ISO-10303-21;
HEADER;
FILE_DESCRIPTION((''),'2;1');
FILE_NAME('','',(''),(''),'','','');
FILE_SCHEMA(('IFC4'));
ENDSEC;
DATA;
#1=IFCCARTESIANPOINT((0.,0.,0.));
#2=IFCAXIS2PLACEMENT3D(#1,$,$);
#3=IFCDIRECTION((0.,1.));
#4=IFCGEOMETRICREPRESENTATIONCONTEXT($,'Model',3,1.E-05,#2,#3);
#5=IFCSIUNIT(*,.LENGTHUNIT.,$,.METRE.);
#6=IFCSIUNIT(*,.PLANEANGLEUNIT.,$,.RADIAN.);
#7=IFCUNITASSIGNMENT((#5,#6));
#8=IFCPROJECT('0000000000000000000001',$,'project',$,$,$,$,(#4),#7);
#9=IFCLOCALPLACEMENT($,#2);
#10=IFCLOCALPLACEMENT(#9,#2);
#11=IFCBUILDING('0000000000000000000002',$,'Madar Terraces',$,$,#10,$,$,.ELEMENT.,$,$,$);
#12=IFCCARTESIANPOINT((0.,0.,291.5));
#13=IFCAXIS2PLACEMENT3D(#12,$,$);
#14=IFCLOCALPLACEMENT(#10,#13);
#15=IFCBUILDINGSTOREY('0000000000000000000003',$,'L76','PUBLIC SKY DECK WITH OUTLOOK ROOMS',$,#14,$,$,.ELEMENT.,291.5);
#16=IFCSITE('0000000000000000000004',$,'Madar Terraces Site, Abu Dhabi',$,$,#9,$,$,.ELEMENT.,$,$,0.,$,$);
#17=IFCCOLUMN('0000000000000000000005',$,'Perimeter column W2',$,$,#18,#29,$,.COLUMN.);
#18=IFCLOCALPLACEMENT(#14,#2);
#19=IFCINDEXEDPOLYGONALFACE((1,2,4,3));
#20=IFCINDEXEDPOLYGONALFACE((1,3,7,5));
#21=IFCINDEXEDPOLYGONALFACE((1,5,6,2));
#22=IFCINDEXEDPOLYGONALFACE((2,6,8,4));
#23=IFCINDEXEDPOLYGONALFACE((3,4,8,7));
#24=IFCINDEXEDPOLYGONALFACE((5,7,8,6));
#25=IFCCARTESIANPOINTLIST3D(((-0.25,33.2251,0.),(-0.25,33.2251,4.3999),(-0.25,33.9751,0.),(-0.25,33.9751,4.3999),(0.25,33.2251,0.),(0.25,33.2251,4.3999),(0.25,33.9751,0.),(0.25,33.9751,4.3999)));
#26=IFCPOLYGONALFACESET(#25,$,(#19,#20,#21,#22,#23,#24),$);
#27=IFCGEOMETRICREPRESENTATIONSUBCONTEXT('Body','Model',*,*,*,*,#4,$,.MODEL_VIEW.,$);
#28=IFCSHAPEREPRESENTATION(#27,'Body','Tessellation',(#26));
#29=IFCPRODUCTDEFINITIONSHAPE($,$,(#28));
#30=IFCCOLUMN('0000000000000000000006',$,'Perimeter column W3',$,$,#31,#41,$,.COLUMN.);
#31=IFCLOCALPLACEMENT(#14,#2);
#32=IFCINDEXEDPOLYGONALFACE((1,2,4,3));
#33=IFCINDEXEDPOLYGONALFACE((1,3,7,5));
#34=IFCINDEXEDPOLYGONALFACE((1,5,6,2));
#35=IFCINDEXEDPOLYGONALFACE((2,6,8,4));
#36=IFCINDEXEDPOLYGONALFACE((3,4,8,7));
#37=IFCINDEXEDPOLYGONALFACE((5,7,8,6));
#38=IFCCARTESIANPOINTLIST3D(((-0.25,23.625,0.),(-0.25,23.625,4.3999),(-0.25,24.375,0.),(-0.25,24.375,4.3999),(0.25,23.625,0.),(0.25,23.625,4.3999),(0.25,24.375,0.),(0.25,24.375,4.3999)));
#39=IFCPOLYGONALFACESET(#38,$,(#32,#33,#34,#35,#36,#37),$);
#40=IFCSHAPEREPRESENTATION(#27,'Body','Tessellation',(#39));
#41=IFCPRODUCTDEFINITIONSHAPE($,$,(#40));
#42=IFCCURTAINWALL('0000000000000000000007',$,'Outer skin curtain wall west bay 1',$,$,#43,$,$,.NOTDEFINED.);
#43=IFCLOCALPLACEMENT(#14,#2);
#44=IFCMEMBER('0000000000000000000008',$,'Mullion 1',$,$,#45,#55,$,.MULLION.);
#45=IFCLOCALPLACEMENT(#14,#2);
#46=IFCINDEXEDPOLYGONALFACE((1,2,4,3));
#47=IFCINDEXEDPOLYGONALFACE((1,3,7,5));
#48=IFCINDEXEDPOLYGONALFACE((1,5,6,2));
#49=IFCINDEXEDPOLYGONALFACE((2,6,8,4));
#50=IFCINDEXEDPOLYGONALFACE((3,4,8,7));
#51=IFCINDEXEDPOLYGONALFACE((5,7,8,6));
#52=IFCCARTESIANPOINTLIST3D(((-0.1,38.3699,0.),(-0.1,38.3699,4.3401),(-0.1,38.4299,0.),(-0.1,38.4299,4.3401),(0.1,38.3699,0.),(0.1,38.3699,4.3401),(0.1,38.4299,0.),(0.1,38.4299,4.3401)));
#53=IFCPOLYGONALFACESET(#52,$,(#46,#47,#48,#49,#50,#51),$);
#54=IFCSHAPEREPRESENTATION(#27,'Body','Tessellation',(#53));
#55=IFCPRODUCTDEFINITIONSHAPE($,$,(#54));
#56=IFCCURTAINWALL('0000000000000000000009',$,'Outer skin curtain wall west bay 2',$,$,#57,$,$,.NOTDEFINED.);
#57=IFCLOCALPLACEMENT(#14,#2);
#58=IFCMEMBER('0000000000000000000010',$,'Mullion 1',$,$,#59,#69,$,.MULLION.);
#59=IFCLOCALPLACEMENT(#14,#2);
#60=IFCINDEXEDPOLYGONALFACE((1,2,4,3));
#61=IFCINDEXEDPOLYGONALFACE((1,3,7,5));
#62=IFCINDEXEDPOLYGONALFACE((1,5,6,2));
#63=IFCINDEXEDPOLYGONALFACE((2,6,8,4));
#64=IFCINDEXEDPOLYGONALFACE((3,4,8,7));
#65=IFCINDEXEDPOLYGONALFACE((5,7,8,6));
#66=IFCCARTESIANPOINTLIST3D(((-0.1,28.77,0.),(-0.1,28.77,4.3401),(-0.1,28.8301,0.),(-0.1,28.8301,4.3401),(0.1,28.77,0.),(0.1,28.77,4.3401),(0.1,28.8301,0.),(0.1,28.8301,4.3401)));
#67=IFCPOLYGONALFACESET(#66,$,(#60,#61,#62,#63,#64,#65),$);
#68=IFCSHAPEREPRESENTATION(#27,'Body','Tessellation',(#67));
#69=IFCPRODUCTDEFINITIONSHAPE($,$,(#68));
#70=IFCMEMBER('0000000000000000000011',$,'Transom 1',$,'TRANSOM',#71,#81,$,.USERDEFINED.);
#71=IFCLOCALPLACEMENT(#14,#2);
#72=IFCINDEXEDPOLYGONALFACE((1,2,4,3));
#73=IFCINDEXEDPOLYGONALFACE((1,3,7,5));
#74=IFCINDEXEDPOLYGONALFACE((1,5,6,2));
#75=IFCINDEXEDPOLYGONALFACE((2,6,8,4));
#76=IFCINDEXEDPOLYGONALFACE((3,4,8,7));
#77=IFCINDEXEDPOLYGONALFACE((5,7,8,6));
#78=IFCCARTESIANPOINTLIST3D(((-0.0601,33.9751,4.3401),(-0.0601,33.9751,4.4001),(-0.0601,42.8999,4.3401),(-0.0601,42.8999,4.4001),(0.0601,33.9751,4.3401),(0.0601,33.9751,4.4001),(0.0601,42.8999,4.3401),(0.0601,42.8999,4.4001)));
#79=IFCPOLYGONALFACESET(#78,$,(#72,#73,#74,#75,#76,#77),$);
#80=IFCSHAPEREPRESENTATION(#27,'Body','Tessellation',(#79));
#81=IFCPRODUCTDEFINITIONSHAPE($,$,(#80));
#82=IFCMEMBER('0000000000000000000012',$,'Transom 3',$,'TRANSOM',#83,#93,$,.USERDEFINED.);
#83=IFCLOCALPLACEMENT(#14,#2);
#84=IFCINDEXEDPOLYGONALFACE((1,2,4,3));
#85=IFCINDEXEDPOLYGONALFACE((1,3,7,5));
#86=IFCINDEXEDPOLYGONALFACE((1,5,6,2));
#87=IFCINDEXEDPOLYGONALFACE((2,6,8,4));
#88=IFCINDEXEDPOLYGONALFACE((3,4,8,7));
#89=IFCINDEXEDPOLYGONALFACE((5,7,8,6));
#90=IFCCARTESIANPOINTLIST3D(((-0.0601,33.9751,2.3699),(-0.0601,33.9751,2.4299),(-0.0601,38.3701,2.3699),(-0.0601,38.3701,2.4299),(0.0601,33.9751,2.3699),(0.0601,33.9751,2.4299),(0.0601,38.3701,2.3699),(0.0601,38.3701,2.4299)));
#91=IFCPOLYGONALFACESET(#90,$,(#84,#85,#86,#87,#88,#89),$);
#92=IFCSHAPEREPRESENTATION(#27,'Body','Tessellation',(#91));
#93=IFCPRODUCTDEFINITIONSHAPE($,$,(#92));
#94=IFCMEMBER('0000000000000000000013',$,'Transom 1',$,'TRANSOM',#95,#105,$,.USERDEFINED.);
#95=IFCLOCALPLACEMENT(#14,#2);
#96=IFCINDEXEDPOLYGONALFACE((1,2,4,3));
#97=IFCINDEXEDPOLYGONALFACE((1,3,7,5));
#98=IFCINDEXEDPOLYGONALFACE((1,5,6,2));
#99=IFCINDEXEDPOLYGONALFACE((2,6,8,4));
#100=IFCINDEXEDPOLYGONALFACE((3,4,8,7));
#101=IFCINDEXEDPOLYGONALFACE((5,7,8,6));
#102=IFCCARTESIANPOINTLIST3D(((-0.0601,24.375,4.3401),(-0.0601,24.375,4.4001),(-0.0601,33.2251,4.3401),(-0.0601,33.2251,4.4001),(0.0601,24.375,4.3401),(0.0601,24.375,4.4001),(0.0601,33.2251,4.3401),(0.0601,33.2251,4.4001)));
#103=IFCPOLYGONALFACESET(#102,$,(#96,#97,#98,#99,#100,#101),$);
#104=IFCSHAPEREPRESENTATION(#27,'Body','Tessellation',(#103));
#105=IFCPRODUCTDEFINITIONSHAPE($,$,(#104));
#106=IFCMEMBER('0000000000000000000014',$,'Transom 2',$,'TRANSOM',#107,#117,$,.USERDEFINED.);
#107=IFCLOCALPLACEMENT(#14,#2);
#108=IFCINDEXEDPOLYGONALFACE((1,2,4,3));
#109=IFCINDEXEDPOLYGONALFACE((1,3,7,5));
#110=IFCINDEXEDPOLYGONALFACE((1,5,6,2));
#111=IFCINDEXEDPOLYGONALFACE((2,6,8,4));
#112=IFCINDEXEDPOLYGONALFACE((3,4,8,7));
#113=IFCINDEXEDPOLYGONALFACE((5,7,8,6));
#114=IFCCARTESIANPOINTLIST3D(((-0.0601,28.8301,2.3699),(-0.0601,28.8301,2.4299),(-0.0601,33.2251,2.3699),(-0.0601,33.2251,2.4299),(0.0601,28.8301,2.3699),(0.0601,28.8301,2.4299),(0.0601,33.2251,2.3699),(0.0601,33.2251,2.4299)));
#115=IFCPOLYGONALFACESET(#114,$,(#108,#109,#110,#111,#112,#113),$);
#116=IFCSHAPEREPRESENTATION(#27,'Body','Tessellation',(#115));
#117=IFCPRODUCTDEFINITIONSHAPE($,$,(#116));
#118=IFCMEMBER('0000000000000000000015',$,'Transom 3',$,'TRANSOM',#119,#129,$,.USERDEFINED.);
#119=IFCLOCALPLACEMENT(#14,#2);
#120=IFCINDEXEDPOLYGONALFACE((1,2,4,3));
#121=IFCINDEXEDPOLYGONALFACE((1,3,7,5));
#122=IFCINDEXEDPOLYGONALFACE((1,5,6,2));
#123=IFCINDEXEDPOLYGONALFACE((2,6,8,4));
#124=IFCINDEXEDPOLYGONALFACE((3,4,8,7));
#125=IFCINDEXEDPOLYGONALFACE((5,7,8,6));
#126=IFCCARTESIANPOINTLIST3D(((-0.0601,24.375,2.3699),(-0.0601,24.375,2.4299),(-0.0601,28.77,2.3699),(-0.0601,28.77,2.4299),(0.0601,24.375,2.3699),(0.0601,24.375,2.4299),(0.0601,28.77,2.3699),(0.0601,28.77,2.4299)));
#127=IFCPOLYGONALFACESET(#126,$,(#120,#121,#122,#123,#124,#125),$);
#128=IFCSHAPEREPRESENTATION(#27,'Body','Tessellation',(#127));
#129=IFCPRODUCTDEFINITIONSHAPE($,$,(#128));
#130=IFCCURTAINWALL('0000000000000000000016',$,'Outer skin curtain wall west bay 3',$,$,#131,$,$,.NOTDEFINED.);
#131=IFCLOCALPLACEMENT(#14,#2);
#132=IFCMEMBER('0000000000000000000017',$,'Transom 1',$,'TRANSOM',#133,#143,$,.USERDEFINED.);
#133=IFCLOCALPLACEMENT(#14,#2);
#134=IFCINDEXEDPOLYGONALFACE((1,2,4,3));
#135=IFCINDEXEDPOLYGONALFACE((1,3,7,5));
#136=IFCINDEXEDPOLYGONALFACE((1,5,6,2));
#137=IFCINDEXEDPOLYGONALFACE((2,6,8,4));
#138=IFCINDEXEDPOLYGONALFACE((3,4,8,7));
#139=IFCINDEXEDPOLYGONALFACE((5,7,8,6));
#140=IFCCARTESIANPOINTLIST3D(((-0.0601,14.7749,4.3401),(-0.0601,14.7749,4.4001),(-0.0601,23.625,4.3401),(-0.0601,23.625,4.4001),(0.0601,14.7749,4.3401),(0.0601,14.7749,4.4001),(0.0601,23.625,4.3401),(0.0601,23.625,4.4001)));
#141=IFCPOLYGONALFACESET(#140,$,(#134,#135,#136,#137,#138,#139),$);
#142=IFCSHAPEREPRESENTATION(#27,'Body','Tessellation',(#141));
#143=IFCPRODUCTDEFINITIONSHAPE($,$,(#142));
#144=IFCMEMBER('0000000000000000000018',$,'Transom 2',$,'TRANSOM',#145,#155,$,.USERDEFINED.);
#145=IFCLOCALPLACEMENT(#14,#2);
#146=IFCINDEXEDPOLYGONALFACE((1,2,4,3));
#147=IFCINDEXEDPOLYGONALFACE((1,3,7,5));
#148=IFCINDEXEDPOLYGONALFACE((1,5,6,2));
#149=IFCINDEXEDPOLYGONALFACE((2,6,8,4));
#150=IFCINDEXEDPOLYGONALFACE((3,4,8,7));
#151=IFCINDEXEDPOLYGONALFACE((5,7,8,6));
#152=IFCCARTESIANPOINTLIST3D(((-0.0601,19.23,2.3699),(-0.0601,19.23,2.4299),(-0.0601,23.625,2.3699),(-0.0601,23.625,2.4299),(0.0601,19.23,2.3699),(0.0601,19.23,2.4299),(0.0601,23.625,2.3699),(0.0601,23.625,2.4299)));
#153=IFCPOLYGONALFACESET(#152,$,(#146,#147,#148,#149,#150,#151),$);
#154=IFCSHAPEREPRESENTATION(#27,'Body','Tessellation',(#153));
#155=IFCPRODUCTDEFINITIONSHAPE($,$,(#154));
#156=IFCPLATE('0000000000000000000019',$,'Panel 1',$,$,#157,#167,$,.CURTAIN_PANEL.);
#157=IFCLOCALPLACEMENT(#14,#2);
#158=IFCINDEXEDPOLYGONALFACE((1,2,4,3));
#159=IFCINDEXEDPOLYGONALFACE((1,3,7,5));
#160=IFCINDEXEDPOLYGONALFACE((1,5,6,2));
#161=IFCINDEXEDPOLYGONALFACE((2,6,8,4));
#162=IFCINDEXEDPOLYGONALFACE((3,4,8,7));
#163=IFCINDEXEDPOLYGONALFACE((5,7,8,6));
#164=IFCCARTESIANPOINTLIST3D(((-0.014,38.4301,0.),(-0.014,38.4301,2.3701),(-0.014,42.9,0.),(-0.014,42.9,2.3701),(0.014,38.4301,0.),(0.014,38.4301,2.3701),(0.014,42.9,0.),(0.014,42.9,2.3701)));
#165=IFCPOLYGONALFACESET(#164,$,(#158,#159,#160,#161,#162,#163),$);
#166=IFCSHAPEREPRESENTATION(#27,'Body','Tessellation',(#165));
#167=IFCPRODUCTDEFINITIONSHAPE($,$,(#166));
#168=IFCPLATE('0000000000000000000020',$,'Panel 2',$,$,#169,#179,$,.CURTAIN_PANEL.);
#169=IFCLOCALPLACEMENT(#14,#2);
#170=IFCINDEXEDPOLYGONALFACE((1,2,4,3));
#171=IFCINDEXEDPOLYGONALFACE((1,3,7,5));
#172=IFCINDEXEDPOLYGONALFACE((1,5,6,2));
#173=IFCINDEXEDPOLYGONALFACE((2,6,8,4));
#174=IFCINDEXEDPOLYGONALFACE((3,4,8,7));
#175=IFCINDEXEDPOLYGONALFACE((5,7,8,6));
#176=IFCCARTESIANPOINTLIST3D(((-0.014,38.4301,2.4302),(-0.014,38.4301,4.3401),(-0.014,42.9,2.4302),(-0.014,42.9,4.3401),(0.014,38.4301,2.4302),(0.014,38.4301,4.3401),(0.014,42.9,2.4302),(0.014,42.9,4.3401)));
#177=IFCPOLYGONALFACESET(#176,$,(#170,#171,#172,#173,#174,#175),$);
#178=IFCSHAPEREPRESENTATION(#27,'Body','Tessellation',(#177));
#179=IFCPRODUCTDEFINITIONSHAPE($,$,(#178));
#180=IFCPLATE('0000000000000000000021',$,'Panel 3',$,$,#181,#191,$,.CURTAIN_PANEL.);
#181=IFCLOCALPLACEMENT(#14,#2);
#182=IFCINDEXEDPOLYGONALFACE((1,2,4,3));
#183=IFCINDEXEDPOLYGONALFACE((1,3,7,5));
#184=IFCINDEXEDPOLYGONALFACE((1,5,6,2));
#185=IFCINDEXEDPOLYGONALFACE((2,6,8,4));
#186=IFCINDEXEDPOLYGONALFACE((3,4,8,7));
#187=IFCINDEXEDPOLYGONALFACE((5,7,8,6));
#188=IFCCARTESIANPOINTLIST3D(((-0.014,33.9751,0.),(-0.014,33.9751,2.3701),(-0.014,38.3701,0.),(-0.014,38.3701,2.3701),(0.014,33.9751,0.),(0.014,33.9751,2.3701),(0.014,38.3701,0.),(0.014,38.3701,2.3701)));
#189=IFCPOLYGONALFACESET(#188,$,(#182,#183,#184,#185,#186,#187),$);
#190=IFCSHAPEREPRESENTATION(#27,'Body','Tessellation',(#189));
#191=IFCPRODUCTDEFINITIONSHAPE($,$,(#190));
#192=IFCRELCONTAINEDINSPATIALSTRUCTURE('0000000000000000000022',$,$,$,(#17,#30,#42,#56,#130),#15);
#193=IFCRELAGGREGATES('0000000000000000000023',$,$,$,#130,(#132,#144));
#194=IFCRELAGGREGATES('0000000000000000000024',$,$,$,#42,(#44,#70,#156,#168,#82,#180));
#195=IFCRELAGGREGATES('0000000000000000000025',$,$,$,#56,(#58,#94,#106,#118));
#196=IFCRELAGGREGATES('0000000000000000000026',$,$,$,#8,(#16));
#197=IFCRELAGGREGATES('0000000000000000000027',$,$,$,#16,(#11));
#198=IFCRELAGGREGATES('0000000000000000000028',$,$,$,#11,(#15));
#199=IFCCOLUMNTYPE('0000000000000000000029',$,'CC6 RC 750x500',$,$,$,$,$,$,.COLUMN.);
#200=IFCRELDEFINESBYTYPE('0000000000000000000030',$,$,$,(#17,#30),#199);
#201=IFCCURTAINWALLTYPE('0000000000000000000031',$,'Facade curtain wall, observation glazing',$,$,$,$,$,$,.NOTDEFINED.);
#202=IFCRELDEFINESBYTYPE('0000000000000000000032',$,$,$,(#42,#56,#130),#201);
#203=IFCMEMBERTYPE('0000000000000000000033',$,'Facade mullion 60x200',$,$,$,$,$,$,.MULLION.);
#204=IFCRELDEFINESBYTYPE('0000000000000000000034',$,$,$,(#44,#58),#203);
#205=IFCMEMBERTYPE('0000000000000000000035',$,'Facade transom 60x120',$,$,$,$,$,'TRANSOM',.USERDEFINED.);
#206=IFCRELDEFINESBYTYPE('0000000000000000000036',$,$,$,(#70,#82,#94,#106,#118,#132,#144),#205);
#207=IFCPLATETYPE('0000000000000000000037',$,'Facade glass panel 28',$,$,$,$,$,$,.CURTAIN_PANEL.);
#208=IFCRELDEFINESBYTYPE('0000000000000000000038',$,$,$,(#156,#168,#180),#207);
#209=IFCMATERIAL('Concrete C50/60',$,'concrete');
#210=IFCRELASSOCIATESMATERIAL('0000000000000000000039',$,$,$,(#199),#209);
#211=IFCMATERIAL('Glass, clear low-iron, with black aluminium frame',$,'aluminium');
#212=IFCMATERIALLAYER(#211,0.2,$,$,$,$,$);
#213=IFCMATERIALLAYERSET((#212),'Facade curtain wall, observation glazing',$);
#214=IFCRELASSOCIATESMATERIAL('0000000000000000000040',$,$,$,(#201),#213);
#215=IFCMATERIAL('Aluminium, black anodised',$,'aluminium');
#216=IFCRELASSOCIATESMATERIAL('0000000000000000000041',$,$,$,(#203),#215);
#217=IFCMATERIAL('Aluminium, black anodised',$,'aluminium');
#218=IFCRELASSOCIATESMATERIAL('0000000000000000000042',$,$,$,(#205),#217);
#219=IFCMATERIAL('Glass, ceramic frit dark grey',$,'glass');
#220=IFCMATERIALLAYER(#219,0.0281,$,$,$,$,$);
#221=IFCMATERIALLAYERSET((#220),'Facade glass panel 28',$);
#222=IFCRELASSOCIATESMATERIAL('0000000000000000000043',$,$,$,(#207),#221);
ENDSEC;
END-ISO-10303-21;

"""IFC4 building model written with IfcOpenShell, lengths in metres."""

from ifc_helpers import new_model, si_unit, direction, frame, origin, origin_2d, place, context, subcontext, project, spatial, rectangle, extrude, material, layer, layer_set, material_profile, profile_set, type_object, element, aggregate, save


model = new_model("IFC4")

# Units and contexts
model_context = context("Model", 3, precision=1e-05, world=origin(), true_north=direction((0.0, 1.0)))
body_context = subcontext(model_context, "Body", "Model", "MODEL_VIEW")
ifc_project = project(units=[si_unit("LENGTHUNIT", "METRE"), si_unit("PLANEANGLEUNIT", "RADIAN")], contexts=[model_context])

# Site, building, storey
site_placement = place(None, origin())
site = spatial("IfcSite", under=ifc_project, at=site_placement, Name="Madar Terraces Site, Abu Dhabi", CompositionType="ELEMENT", RefElevation=0.0)
building_placement = place(site_placement, origin())
building = spatial("IfcBuilding", under=site, at=building_placement, Name="Madar Terraces", CompositionType="ELEMENT")
storey_placement = place(building_placement, frame((0.0, 0.0, 291.5)))
storey = spatial("IfcBuildingStorey", under=building, at=storey_placement, Name="L76", Description="PUBLIC SKY DECK WITH OUTLOOK ROOMS", CompositionType="ELEMENT", Elevation=291.5)

# Columns
ifc_material_1 = material(Name="Concrete C50/60", Category="concrete")
ifc_material_profile_1 = material_profile(ifc_material_1, rectangle(XDim=0.75, YDim=0.5, at=origin_2d()), Name="CC6 RC 750x500")
ifc_profile_set_1 = profile_set([ifc_material_profile_1], Name="Concrete C50/60")
column_type = type_object("IfcColumnType", Name="CC6 RC 750x500", PredefinedType="COLUMN", material=ifc_profile_set_1)
for number, where, z_axis, x_axis, name in (
    (1, (0.0, 33.6001, 0.0), (0.0, 0.0, 1.0), (0.0, 1.0, 0.0), "Perimeter column W2"),
    (2, (0.0, 24.0, 0.0), (0.0, 0.0, 1.0), (0.0, 1.0, 0.0), "Perimeter column W3"),
):
    element("IfcColumn", number, at=place(storey_placement, frame(where, z_axis=z_axis, x_axis=x_axis)), inside=storey, type_object=column_type, Name=name, PredefinedType="COLUMN", context=body_context, shape_type="SweptSolid", body=[
        extrude(rectangle(XDim=0.75, YDim=0.5, at=origin_2d()), origin(), (0.0, 0.0, 1.0), 4.3999),
    ])

# Curtain walls, members
ifc_material_2 = material(Name="Glass, clear low-iron, with black aluminium frame", Category="aluminium")
ifc_layer_1 = layer(ifc_material_2, 0.2)
ifc_layer_set_1 = layer_set([ifc_layer_1], Name="Facade curtain wall, observation glazing")
curtain_wall_type = type_object("IfcCurtainWallType", Name="Facade curtain wall, observation glazing", PredefinedType="NOTDEFINED", material=ifc_layer_set_1)
curtain_wall_1_placement = place(storey_placement, origin())
curtain_wall_1 = element("IfcCurtainWall", 3, at=curtain_wall_1_placement, inside=storey, type_object=curtain_wall_type, Name="Outer skin curtain wall west bay 1", PredefinedType="NOTDEFINED")
ifc_material_3 = material(Name="Aluminium, black anodised", Category="aluminium")
ifc_material_profile_2 = material_profile(ifc_material_3, rectangle(XDim=0.2, YDim=0.0601, at=origin_2d()), Name="Facade mullion 60x200")
ifc_profile_set_2 = profile_set([ifc_material_profile_2], Name="Aluminium, black anodised")
member_type_1 = type_object("IfcMemberType", Name="Facade mullion 60x200", PredefinedType="MULLION", material=ifc_profile_set_2)
member_1_placement = place(storey_placement, frame((0.0, 38.3999, 0.0), z_axis=(0.0, 0.0, 1.0), x_axis=(1.0, 0.0, 0.0)))
member_1 = element("IfcMember", 4, at=member_1_placement, type_object=member_type_1, Name="Mullion 1", PredefinedType="MULLION", context=body_context, shape_type="SweptSolid", body=[
    extrude(rectangle(XDim=0.2, YDim=0.0601, at=origin_2d()), origin(), (0.0, 0.0, 1.0), 4.3401),
])
curtain_wall_2_placement = place(storey_placement, origin())
curtain_wall_2 = element("IfcCurtainWall", 5, at=curtain_wall_2_placement, inside=storey, type_object=curtain_wall_type, Name="Outer skin curtain wall west bay 2", PredefinedType="NOTDEFINED")
member_2_placement = place(storey_placement, frame((0.0, 28.8, 0.0), z_axis=(0.0, 0.0, 1.0), x_axis=(1.0, 0.0, 0.0)))
member_2 = element("IfcMember", 6, at=member_2_placement, type_object=member_type_1, Name="Mullion 1", PredefinedType="MULLION", context=body_context, shape_type="SweptSolid", body=[
    extrude(rectangle(XDim=0.2, YDim=0.0601, at=origin_2d()), origin(), (0.0, 0.0, 1.0), 4.3401),
])

# Members
ifc_material_4 = material(Name="Aluminium, black anodised", Category="aluminium")
ifc_material_profile_3 = material_profile(ifc_material_4, rectangle(XDim=0.1201, YDim=0.0601, at=origin_2d()), Name="Facade transom 60x120")
ifc_profile_set_3 = profile_set([ifc_material_profile_3], Name="Aluminium, black anodised")
member_type_2 = type_object("IfcMemberType", Name="Facade transom 60x120", ElementType="TRANSOM", PredefinedType="USERDEFINED", material=ifc_profile_set_3)
member_3_placement = place(storey_placement, frame((0.0, 42.8999, 4.3701), z_axis=(0.0, -1.0, 0.0), x_axis=(1.0, 0.0, 0.0)))
member_3 = element("IfcMember", 7, at=member_3_placement, type_object=member_type_2, Name="Transom 1", ObjectType="TRANSOM", PredefinedType="USERDEFINED", context=body_context, shape_type="SweptSolid", body=[
    extrude(rectangle(XDim=0.1201, YDim=0.0601, at=origin_2d()), origin(), (0.0, 0.0, 1.0), 8.9248),
])
member_4_placement = place(storey_placement, frame((0.0, 38.3701, 2.3999), z_axis=(0.0, -1.0, 0.0), x_axis=(1.0, 0.0, 0.0)))
member_4 = element("IfcMember", 8, at=member_4_placement, type_object=member_type_2, Name="Transom 3", ObjectType="TRANSOM", PredefinedType="USERDEFINED", context=body_context, shape_type="SweptSolid", body=[
    extrude(rectangle(XDim=0.1201, YDim=0.0601, at=origin_2d()), origin(), (0.0, 0.0, 1.0), 4.395),
])
member_5_placement = place(storey_placement, frame((0.0, 33.2251, 4.3701), z_axis=(0.0, -1.0, 0.0), x_axis=(1.0, 0.0, 0.0)))
member_5 = element("IfcMember", 9, at=member_5_placement, type_object=member_type_2, Name="Transom 1", ObjectType="TRANSOM", PredefinedType="USERDEFINED", context=body_context, shape_type="SweptSolid", body=[
    extrude(rectangle(XDim=0.1201, YDim=0.0601, at=origin_2d()), origin(), (0.0, 0.0, 1.0), 8.8501),
])
member_6_placement = place(storey_placement, frame((0.0, 33.2251, 2.3999), z_axis=(0.0, -1.0, 0.0), x_axis=(1.0, 0.0, 0.0)))
member_6 = element("IfcMember", 10, at=member_6_placement, type_object=member_type_2, Name="Transom 2", ObjectType="TRANSOM", PredefinedType="USERDEFINED", context=body_context, shape_type="SweptSolid", body=[
    extrude(rectangle(XDim=0.1201, YDim=0.0601, at=origin_2d()), origin(), (0.0, 0.0, 1.0), 4.395),
])
member_7_placement = place(storey_placement, frame((0.0, 28.77, 2.3999), z_axis=(0.0, -1.0, 0.0), x_axis=(1.0, 0.0, 0.0)))
member_7 = element("IfcMember", 11, at=member_7_placement, type_object=member_type_2, Name="Transom 3", ObjectType="TRANSOM", PredefinedType="USERDEFINED", context=body_context, shape_type="SweptSolid", body=[
    extrude(rectangle(XDim=0.1201, YDim=0.0601, at=origin_2d()), origin(), (0.0, 0.0, 1.0), 4.395),
])

# Curtain wall, members
curtain_wall_3_placement = place(storey_placement, origin())
curtain_wall_3 = element("IfcCurtainWall", 12, at=curtain_wall_3_placement, inside=storey, type_object=curtain_wall_type, Name="Outer skin curtain wall west bay 3", PredefinedType="NOTDEFINED")
member_8_placement = place(storey_placement, frame((0.0, 23.625, 4.3701), z_axis=(0.0, -1.0, 0.0), x_axis=(1.0, 0.0, 0.0)))
member_8 = element("IfcMember", 13, at=member_8_placement, type_object=member_type_2, Name="Transom 1", ObjectType="TRANSOM", PredefinedType="USERDEFINED", context=body_context, shape_type="SweptSolid", body=[
    extrude(rectangle(XDim=0.1201, YDim=0.0601, at=origin_2d()), origin(), (0.0, 0.0, 1.0), 8.8501),
])
member_9_placement = place(storey_placement, frame((0.0, 23.625, 2.3999), z_axis=(0.0, -1.0, 0.0), x_axis=(1.0, 0.0, 0.0)))
member_9 = element("IfcMember", 14, at=member_9_placement, type_object=member_type_2, Name="Transom 2", ObjectType="TRANSOM", PredefinedType="USERDEFINED", context=body_context, shape_type="SweptSolid", body=[
    extrude(rectangle(XDim=0.1201, YDim=0.0601, at=origin_2d()), origin(), (0.0, 0.0, 1.0), 4.395),
])
aggregate(curtain_wall_3, [member_8, member_9])

# Plates
ifc_material_5 = material(Name="Glass, ceramic frit dark grey", Category="glass")
ifc_layer_2 = layer(ifc_material_5, 0.0281)
ifc_layer_set_2 = layer_set([ifc_layer_2], Name="Facade glass panel 28")
plate_type = type_object("IfcPlateType", Name="Facade glass panel 28", PredefinedType="CURTAIN_PANEL", material=ifc_layer_set_2)
plate_1_placement = place(storey_placement, frame((0.0, 40.665, 0.0), z_axis=(0.0, 0.0, 1.0), x_axis=(0.0, -1.0, 0.0)))
plate_1 = element("IfcPlate", 15, at=plate_1_placement, type_object=plate_type, Name="Panel 1", PredefinedType="CURTAIN_PANEL", context=body_context, shape_type="SweptSolid", body=[
    extrude(rectangle(XDim=4.47, YDim=0.0281, at=origin_2d()), origin(), (0.0, 0.0, 1.0), 2.3701),
])
plate_2_placement = place(storey_placement, frame((0.0, 40.665, 2.4302), z_axis=(0.0, 0.0, 1.0), x_axis=(0.0, -1.0, 0.0)))
plate_2 = element("IfcPlate", 16, at=plate_2_placement, type_object=plate_type, Name="Panel 2", PredefinedType="CURTAIN_PANEL", context=body_context, shape_type="SweptSolid", body=[
    extrude(rectangle(XDim=4.47, YDim=0.0281, at=origin_2d()), origin(), (0.0, 0.0, 1.0), 1.9099),
])
plate_3_placement = place(storey_placement, frame((0.0, 36.1726, 0.0), z_axis=(0.0, 0.0, 1.0), x_axis=(0.0, -1.0, 0.0)))
plate_3 = element("IfcPlate", 17, at=plate_3_placement, type_object=plate_type, Name="Panel 3", PredefinedType="CURTAIN_PANEL", context=body_context, shape_type="SweptSolid", body=[
    extrude(rectangle(XDim=4.395, YDim=0.0281, at=origin_2d()), origin(), (0.0, 0.0, 1.0), 2.3701),
])
aggregate(curtain_wall_1, [member_1, member_3, plate_1, plate_2, member_4, plate_3])
aggregate(curtain_wall_2, [member_2, member_5, member_6, member_7])

save(model, "model.ifc")
